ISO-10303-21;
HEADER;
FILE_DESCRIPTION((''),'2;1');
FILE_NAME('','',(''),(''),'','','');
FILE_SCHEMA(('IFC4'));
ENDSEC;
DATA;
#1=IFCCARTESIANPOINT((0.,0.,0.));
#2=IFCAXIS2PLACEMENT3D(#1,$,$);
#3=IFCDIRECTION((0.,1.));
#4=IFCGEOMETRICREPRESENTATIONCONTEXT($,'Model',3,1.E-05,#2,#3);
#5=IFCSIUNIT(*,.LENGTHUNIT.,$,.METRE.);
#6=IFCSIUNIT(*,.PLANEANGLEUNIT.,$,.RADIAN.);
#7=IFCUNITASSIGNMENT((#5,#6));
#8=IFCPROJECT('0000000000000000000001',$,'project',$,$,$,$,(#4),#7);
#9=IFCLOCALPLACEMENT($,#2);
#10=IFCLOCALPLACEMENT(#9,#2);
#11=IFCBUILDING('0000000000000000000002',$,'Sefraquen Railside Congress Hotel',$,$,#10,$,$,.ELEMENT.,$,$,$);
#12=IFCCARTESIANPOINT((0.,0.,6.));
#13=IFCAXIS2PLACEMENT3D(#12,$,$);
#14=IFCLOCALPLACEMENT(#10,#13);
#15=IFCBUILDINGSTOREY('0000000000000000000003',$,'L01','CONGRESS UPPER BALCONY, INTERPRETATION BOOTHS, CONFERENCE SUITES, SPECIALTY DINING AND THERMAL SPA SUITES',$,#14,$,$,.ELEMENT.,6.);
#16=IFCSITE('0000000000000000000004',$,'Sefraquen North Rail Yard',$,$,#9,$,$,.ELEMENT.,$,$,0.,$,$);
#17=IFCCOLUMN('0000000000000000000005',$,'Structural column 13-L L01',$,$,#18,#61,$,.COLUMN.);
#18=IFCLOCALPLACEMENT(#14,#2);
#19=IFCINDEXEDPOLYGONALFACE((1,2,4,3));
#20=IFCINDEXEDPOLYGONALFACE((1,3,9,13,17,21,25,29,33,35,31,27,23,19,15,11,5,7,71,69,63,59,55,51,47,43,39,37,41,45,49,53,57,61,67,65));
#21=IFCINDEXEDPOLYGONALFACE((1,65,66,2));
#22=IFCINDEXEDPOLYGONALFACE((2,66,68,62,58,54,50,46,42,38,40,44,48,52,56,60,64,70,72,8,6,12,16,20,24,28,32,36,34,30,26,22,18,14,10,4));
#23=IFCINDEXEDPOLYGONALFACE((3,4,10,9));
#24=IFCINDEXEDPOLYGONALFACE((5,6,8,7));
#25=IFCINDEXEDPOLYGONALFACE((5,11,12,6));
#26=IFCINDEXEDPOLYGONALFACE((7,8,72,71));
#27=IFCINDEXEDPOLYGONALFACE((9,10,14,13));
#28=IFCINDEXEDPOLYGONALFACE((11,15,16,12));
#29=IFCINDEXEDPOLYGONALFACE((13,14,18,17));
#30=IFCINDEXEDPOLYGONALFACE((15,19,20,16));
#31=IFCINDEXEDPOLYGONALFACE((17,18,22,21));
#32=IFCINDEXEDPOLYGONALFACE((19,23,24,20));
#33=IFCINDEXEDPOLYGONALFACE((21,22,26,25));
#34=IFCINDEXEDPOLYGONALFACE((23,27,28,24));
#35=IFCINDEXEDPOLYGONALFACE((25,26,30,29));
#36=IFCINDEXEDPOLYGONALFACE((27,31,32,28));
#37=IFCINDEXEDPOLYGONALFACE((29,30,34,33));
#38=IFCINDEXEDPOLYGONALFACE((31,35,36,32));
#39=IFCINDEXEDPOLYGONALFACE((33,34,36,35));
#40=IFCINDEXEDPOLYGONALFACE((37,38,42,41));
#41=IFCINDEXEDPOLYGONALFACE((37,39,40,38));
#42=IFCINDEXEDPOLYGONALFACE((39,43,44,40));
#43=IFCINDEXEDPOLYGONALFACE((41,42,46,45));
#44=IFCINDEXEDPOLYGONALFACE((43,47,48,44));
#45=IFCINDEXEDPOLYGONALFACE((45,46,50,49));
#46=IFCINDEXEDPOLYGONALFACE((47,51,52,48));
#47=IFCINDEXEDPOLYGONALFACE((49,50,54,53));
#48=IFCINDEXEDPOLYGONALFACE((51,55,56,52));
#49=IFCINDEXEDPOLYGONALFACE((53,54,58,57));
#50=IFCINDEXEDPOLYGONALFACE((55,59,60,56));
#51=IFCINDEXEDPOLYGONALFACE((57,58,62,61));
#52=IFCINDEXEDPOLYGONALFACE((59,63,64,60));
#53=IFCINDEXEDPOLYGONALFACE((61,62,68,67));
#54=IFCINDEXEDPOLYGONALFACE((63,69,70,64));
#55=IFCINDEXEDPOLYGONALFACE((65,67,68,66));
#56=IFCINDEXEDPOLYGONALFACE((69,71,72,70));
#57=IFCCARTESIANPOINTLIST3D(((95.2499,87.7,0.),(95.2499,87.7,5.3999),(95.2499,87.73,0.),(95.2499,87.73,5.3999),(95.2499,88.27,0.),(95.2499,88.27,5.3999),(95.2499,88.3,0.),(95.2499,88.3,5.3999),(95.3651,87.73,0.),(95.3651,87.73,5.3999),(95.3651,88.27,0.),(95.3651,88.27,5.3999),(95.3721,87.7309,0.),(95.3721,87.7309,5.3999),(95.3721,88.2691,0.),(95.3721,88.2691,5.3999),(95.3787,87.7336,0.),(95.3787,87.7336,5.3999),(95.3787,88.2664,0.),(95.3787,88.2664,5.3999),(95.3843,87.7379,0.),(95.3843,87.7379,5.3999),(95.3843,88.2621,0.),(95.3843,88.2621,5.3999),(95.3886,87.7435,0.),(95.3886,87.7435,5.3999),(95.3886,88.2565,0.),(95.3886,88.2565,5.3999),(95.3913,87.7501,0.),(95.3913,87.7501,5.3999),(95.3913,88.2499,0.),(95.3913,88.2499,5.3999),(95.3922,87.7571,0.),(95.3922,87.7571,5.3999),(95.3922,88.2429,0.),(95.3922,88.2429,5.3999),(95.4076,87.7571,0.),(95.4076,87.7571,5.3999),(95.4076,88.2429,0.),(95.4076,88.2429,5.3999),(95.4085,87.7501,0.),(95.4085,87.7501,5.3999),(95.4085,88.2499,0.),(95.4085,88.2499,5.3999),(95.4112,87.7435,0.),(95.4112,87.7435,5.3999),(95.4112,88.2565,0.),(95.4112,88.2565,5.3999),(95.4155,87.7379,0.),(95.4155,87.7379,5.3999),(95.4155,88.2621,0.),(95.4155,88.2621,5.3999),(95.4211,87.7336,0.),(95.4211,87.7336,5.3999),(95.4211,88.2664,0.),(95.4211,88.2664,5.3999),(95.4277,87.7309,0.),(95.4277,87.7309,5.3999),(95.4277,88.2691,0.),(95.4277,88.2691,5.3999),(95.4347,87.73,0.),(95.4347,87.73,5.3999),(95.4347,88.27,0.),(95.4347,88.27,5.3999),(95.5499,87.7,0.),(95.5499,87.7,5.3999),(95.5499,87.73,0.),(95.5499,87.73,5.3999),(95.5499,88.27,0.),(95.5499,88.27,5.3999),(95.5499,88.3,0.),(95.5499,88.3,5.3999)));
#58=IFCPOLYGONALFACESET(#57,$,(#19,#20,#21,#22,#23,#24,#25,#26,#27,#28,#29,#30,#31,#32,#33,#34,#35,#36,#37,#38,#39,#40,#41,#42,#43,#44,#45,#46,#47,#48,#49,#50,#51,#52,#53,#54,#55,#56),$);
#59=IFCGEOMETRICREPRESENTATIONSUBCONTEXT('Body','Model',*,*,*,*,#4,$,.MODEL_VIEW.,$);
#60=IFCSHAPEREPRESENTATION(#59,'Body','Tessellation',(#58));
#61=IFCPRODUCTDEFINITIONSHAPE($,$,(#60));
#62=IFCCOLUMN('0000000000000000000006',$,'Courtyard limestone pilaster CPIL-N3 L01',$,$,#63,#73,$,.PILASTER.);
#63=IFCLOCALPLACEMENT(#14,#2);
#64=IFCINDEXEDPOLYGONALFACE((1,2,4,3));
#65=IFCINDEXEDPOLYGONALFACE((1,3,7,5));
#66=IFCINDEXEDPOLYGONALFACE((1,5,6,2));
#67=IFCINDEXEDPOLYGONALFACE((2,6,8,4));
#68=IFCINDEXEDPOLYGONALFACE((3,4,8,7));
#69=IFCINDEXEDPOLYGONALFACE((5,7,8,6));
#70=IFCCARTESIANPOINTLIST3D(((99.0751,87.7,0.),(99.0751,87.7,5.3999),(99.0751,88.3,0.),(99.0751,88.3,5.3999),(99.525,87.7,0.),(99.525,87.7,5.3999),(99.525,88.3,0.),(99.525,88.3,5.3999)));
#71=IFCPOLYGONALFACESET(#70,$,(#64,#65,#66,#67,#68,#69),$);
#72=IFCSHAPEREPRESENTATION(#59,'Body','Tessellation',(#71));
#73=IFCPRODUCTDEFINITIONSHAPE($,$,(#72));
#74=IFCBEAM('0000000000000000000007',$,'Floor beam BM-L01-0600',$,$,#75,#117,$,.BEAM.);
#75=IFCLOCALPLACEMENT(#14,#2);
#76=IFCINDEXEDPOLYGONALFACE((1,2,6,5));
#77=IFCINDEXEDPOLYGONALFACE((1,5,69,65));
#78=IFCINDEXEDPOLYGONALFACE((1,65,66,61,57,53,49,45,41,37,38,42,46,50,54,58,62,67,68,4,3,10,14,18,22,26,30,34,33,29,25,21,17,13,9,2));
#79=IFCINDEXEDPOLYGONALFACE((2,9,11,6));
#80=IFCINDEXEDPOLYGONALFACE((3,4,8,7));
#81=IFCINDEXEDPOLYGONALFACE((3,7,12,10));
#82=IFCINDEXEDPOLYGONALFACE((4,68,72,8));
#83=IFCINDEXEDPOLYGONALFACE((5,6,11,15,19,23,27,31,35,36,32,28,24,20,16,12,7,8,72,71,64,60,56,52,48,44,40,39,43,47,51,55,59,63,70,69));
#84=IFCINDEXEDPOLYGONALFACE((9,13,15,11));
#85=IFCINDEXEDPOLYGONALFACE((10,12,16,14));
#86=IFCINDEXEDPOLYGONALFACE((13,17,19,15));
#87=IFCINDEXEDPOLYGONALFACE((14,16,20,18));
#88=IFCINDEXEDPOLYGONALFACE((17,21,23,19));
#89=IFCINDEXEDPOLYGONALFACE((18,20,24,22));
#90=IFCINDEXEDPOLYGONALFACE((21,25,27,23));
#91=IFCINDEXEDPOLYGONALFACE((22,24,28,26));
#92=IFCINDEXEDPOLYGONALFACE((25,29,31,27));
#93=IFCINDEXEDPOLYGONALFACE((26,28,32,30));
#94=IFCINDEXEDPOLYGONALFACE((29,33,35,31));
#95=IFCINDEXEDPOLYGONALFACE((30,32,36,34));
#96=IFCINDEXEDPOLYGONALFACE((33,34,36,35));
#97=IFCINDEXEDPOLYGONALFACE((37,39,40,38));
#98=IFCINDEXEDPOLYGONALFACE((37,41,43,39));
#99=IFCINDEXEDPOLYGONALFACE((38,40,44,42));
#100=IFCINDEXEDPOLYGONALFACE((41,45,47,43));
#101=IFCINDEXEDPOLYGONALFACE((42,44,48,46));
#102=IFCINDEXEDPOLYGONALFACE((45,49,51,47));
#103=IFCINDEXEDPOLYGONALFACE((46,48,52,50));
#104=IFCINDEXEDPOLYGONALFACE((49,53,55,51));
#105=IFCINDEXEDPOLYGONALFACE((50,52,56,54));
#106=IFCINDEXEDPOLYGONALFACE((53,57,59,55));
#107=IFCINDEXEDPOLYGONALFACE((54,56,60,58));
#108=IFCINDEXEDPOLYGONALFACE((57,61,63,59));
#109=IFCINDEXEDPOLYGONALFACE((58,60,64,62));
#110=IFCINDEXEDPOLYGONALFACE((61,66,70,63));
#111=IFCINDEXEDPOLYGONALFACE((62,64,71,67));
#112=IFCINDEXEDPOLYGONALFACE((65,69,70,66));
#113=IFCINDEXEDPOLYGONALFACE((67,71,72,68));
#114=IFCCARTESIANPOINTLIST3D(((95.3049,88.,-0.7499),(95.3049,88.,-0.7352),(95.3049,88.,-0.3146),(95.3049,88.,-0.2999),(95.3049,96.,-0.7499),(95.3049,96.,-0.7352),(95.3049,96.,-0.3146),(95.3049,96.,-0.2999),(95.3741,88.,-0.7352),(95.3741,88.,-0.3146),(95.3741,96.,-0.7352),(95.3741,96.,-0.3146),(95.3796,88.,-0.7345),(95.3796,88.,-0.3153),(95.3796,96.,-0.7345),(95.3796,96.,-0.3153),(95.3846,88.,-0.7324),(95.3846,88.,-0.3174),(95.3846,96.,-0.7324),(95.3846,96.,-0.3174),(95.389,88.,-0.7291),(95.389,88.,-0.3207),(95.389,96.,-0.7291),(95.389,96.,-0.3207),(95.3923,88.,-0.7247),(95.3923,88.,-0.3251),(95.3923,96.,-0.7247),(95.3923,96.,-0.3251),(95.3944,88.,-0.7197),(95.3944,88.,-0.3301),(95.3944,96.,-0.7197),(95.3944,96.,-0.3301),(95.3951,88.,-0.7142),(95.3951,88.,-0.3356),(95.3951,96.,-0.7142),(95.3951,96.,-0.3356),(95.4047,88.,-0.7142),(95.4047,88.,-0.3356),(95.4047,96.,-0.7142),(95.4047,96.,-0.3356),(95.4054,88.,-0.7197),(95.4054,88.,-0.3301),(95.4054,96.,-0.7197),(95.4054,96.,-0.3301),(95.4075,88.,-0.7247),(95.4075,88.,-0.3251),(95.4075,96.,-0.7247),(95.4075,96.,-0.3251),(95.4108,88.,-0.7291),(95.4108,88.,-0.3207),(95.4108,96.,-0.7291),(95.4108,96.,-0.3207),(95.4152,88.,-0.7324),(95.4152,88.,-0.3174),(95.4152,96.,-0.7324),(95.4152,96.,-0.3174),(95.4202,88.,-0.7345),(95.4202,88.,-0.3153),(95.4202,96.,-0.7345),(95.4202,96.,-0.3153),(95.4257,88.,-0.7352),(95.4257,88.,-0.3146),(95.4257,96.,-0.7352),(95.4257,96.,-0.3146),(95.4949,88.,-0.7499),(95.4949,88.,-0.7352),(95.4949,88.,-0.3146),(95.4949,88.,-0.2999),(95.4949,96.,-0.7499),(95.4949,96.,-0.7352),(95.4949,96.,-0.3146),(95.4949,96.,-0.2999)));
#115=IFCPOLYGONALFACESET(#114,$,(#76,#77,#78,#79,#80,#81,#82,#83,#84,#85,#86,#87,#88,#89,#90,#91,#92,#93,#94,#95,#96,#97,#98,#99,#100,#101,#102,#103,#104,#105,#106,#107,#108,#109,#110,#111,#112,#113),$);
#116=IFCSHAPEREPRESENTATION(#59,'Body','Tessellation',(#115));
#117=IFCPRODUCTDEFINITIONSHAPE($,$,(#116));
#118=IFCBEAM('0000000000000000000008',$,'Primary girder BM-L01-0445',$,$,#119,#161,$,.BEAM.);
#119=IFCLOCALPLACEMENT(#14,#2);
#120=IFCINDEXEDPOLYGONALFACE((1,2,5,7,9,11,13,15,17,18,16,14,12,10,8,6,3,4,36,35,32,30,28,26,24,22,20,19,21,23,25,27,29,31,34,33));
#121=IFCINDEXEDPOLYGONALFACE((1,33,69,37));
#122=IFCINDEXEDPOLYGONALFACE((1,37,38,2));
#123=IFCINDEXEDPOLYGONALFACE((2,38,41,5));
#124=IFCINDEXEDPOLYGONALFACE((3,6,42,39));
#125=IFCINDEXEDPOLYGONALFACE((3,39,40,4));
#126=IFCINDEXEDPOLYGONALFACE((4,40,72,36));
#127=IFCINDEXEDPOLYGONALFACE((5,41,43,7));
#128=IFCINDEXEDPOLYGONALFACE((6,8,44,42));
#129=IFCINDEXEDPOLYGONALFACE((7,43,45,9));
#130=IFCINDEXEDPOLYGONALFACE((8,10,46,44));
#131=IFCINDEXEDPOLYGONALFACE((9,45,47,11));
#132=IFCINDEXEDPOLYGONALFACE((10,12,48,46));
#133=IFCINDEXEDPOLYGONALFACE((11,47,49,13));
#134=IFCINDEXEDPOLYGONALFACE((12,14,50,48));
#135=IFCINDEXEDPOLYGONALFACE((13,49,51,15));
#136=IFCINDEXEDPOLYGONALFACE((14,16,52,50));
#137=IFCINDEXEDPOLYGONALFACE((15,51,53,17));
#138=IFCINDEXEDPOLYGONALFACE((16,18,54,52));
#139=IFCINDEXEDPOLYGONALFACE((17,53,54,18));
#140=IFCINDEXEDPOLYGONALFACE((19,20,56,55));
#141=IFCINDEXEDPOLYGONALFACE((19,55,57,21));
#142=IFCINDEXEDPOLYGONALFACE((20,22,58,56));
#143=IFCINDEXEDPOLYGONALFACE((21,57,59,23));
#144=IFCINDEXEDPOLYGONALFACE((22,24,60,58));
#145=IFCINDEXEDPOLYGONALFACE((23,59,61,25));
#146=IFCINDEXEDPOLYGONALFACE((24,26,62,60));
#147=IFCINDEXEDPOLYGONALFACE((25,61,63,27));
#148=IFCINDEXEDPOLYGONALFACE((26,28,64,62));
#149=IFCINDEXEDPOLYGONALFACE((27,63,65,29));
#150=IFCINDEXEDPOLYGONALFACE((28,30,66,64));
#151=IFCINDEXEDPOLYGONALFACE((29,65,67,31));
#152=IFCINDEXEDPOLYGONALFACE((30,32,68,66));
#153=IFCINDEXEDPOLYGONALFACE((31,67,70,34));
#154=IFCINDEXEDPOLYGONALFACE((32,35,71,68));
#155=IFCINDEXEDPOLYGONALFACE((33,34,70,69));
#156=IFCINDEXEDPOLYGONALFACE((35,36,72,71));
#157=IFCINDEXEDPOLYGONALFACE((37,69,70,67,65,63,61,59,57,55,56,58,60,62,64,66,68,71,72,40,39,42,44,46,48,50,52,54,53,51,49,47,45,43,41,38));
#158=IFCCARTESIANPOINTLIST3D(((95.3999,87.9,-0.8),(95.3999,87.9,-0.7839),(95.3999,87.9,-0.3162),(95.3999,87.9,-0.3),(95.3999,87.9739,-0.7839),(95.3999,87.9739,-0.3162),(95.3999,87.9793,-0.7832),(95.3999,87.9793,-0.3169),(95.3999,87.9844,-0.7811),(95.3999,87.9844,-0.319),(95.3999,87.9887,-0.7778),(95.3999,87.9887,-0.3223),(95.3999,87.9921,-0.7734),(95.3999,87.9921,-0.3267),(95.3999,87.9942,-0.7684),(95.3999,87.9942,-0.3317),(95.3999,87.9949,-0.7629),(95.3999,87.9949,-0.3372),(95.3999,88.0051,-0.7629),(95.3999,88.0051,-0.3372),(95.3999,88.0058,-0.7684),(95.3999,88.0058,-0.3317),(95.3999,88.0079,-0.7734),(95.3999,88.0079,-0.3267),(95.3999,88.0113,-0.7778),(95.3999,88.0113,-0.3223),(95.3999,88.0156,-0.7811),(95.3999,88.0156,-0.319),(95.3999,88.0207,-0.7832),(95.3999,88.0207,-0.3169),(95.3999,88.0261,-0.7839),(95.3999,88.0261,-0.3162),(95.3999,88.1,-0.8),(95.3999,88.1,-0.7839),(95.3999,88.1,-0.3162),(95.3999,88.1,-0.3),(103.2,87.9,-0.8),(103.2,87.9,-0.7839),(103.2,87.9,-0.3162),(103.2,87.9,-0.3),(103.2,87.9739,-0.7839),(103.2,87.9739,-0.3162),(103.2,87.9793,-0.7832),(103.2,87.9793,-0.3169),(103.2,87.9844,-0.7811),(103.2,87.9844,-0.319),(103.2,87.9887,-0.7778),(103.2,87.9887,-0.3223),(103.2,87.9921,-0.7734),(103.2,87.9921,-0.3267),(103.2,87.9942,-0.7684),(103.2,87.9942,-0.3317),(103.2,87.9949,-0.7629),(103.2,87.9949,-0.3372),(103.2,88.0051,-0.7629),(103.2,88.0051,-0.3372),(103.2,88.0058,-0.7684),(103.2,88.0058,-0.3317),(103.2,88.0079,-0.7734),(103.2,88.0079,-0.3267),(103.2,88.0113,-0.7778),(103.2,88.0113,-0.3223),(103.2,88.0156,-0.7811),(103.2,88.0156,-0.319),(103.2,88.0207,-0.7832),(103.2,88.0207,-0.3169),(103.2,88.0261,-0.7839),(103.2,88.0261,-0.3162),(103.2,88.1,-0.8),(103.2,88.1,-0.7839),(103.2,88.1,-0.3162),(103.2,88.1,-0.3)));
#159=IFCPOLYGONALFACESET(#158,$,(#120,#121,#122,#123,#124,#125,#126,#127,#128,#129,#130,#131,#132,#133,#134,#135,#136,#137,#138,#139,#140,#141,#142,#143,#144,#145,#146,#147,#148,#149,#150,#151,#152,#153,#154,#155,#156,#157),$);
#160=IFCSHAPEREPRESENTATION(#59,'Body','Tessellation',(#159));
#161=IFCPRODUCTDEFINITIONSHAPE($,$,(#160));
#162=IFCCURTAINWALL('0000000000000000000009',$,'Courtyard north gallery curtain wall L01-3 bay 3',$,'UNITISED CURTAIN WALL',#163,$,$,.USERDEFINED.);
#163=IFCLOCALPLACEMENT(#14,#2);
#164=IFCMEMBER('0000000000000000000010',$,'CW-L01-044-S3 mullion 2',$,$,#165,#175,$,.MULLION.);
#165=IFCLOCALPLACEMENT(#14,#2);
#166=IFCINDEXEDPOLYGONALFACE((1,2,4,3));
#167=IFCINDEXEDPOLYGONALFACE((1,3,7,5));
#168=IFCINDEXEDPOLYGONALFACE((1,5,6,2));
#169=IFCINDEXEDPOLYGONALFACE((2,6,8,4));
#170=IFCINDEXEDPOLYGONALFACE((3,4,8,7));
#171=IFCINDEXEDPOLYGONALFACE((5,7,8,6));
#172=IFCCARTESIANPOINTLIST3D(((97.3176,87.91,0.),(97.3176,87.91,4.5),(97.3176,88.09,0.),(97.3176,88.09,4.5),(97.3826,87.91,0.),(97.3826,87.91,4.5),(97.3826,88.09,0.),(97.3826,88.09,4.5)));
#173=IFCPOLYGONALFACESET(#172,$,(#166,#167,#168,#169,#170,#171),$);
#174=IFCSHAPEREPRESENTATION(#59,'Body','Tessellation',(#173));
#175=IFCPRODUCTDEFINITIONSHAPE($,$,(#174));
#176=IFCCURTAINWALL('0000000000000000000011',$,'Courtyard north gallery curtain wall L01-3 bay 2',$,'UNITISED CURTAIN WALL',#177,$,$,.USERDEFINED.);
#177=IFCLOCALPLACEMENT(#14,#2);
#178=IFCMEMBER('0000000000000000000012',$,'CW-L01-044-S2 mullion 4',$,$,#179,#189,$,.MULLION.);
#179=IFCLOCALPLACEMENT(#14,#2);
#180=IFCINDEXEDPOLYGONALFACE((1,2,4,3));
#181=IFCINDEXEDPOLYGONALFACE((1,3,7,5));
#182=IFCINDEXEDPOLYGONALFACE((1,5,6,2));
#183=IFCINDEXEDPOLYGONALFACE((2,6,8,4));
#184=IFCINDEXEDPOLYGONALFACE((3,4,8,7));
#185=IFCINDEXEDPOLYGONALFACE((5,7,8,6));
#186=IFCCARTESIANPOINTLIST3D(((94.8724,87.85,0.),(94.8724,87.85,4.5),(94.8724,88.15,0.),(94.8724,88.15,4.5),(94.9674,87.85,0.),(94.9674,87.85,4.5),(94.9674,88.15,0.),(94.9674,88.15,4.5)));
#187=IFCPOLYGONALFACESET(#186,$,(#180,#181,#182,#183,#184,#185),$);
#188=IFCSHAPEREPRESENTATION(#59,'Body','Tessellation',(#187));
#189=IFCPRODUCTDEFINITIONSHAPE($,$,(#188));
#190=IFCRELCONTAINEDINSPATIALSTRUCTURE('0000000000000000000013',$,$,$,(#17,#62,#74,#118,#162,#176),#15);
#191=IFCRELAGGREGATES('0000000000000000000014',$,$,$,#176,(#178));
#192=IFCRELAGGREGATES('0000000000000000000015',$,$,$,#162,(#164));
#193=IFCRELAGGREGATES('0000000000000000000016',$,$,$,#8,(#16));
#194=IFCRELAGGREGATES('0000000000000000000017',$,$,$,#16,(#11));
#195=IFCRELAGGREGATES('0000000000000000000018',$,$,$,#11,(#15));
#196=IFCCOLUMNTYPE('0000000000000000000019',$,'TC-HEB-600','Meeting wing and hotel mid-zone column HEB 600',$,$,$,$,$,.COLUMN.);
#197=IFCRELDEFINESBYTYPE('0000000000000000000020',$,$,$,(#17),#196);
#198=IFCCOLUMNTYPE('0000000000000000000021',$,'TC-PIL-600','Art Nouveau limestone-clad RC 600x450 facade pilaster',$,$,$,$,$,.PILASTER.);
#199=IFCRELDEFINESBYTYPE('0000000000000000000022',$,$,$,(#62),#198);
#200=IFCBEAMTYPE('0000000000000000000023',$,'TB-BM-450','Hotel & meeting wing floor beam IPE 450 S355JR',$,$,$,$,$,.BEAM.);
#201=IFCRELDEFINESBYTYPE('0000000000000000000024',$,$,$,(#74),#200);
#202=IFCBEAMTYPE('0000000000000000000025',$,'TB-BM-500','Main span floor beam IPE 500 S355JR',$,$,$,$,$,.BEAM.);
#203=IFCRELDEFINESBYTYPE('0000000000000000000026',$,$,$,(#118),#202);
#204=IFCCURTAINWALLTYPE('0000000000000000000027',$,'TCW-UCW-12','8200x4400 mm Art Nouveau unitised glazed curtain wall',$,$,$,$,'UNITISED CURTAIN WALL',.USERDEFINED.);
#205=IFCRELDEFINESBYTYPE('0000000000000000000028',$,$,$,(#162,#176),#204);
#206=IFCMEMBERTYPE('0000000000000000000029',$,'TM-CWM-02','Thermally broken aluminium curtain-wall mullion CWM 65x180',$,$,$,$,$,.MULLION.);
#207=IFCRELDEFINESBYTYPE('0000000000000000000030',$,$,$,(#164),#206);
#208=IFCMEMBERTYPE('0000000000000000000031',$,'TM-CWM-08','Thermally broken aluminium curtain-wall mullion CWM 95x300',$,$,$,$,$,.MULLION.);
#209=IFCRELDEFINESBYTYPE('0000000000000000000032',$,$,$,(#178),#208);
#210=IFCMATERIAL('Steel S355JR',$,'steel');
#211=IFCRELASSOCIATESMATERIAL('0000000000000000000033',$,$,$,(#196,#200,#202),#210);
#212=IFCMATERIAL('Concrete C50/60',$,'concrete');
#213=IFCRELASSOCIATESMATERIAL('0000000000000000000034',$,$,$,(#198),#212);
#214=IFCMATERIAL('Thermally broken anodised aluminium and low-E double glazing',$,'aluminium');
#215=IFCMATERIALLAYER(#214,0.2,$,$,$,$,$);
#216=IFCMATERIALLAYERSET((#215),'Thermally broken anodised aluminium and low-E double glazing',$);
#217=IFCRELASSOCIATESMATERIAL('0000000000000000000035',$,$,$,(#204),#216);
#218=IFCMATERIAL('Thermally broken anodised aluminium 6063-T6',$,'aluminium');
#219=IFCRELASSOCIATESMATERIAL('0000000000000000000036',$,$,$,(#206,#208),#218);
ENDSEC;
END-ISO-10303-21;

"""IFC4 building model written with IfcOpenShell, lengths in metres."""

from ifc_helpers import new_model, si_unit, direction, frame, origin, origin_2d, place, context, subcontext, project, spatial, rectangle, i_section, extrude, material, layer, layer_set, material_profile, profile_set, type_object, element, aggregate, save


model = new_model("IFC4")

# Units and contexts
model_context = context("Model", 3, precision=1e-05, world=origin(), true_north=direction((0.0, 1.0)))
body_context = subcontext(model_context, "Body", "Model", "MODEL_VIEW")
ifc_project = project(units=[si_unit("LENGTHUNIT", "METRE"), si_unit("PLANEANGLEUNIT", "RADIAN")], contexts=[model_context])

# Site, building, storey
site_placement = place(None, origin())
site = spatial("IfcSite", under=ifc_project, at=site_placement, Name="Sefraquen North Rail Yard", CompositionType="ELEMENT", RefElevation=0.0)
building_placement = place(site_placement, origin())
building = spatial("IfcBuilding", under=site, at=building_placement, Name="Sefraquen Railside Congress Hotel", CompositionType="ELEMENT")
storey_placement = place(building_placement, frame((0.0, 0.0, 6.0)))
storey = spatial("IfcBuildingStorey", under=building, at=storey_placement, Name="L01", Description="CONGRESS UPPER BALCONY, INTERPRETATION BOOTHS, CONFERENCE SUITES, SPECIALTY DINING AND THERMAL SPA SUITES", CompositionType="ELEMENT", Elevation=6.0)

# Columns
ifc_material_1 = material(Name="Steel S355JR", Category="steel")
ifc_material_profile_1 = material_profile(ifc_material_1, i_section(OverallWidth=0.3, OverallDepth=0.6001, WebThickness=0.0154, FlangeThickness=0.03, FilletRadius=0.0271, at=origin_2d()), Name="HEB 600")
ifc_profile_set_1 = profile_set([ifc_material_profile_1], Name="Steel S355JR")
column_type_1 = type_object("IfcColumnType", Name="TC-HEB-600", Description="Meeting wing and hotel mid-zone column HEB 600", PredefinedType="COLUMN", material=ifc_profile_set_1)
column_1_placement = place(storey_placement, frame((95.3999, 88.0, 0.0), z_axis=(0.0, 0.0, 1.0), x_axis=(1.0, 0.0, 0.0)))
element("IfcColumn", 1, at=column_1_placement, inside=storey, type_object=column_type_1, Name="Structural column 13-L L01", PredefinedType="COLUMN", context=body_context, shape_type="SweptSolid", body=[
    extrude(i_section(OverallWidth=0.3, OverallDepth=0.6001, WebThickness=0.0154, FlangeThickness=0.03, FilletRadius=0.0271, at=origin_2d()), origin(), (0.0, 0.0, 1.0), 5.3999),
])
ifc_material_2 = material(Name="Concrete C50/60", Category="concrete")
ifc_material_profile_2 = material_profile(ifc_material_2, rectangle(XDim=0.45, YDim=0.6001, at=origin_2d()), Name="RC 600x450")
ifc_profile_set_2 = profile_set([ifc_material_profile_2], Name="Concrete C50/60")
column_type_2 = type_object("IfcColumnType", Name="TC-PIL-600", Description="Art Nouveau limestone-clad RC 600x450 facade pilaster", PredefinedType="PILASTER", material=ifc_profile_set_2)
column_2_placement = place(storey_placement, frame((99.3, 88.0, 0.0), z_axis=(0.0, 0.0, 1.0), x_axis=(1.0, 0.0, 0.0)))
element("IfcColumn", 2, at=column_2_placement, inside=storey, type_object=column_type_2, Name="Courtyard limestone pilaster CPIL-N3 L01", PredefinedType="PILASTER", context=body_context, shape_type="SweptSolid", body=[
    extrude(rectangle(XDim=0.45, YDim=0.6001, at=origin_2d()), origin(), (0.0, 0.0, 1.0), 5.3999),
])

# Beams
ifc_material_profile_3 = material_profile(ifc_material_1, i_section(OverallWidth=0.1899, OverallDepth=0.45, WebThickness=0.0095, FlangeThickness=0.0146, FilletRadius=0.021, at=origin_2d()), Name="IPE 450")
ifc_profile_set_3 = profile_set([ifc_material_profile_3], Name="Steel S355JR")
beam_type_1 = type_object("IfcBeamType", Name="TB-BM-450", Description="Hotel & meeting wing floor beam IPE 450 S355JR", PredefinedType="BEAM", material=ifc_profile_set_3)
beam_1_placement = place(storey_placement, frame((95.3999, 88.0, -0.5249), z_axis=(0.0, 1.0, 0.0), x_axis=(-1.0, 0.0, 0.0)))
element("IfcBeam", 3, at=beam_1_placement, inside=storey, type_object=beam_type_1, Name="Floor beam BM-L01-0600", PredefinedType="BEAM", context=body_context, shape_type="SweptSolid", body=[
    extrude(i_section(OverallWidth=0.1899, OverallDepth=0.45, WebThickness=0.0095, FlangeThickness=0.0146, FilletRadius=0.021, at=origin_2d()), origin(), (0.0, 0.0, 1.0), 8.0),
])
ifc_material_profile_4 = material_profile(ifc_material_1, i_section(OverallWidth=0.2, OverallDepth=0.5, WebThickness=0.0103, FlangeThickness=0.0161, FilletRadius=0.021, at=origin_2d()), Name="IPE 500")
ifc_profile_set_4 = profile_set([ifc_material_profile_4], Name="Steel S355JR")
beam_type_2 = type_object("IfcBeamType", Name="TB-BM-500", Description="Main span floor beam IPE 500 S355JR", PredefinedType="BEAM", material=ifc_profile_set_4)
beam_2_placement = place(storey_placement, frame((95.3999, 88.0, -0.55), z_axis=(1.0, 0.0, 0.0), x_axis=(0.0, 1.0, 0.0)))
element("IfcBeam", 4, at=beam_2_placement, inside=storey, type_object=beam_type_2, Name="Primary girder BM-L01-0445", PredefinedType="BEAM", context=body_context, shape_type="SweptSolid", body=[
    extrude(i_section(OverallWidth=0.2, OverallDepth=0.5, WebThickness=0.0103, FlangeThickness=0.0161, FilletRadius=0.021, at=origin_2d()), origin(), (0.0, 0.0, 1.0), 7.8),
])

# Curtain walls, members
ifc_material_3 = material(Name="Thermally broken anodised aluminium and low-E double glazing", Category="aluminium")
ifc_layer_1 = layer(ifc_material_3, 0.2)
ifc_layer_set_1 = layer_set([ifc_layer_1], Name="Thermally broken anodised aluminium and low-E double glazing")
curtain_wall_type = type_object("IfcCurtainWallType", Name="TCW-UCW-12", Description="8200x4400 mm Art Nouveau unitised glazed curtain wall", ElementType="UNITISED CURTAIN WALL", PredefinedType="USERDEFINED", material=ifc_layer_set_1)
curtain_wall_1_placement = place(storey_placement, origin())
curtain_wall_1 = element("IfcCurtainWall", 5, at=curtain_wall_1_placement, inside=storey, type_object=curtain_wall_type, Name="Courtyard north gallery curtain wall L01-3 bay 3", ObjectType="UNITISED CURTAIN WALL", PredefinedType="USERDEFINED")
ifc_material_4 = material(Name="Thermally broken anodised aluminium 6063-T6", Category="aluminium")
ifc_material_profile_5 = material_profile(ifc_material_4, rectangle(XDim=0.0649, YDim=0.1799, at=origin_2d()), Name="CWM 65x180")
ifc_profile_set_5 = profile_set([ifc_material_profile_5], Name="Thermally broken anodised aluminium 6063-T6")
member_type_1 = type_object("IfcMemberType", Name="TM-CWM-02", Description="Thermally broken aluminium curtain-wall mullion CWM 65x180", PredefinedType="MULLION", material=ifc_profile_set_5)
member_1_placement = place(storey_placement, frame((97.3501, 88.0, 0.0), z_axis=(0.0, 0.0, 1.0), x_axis=(1.0, 0.0, 0.0)))
member_1 = element("IfcMember", 6, at=member_1_placement, type_object=member_type_1, Name="CW-L01-044-S3 mullion 2", PredefinedType="MULLION", context=body_context, shape_type="SweptSolid", body=[
    extrude(rectangle(XDim=0.0649, YDim=0.1799, at=origin_2d()), origin(), (0.0, 0.0, 1.0), 4.5),
])
curtain_wall_2_placement = place(storey_placement, origin())
curtain_wall_2 = element("IfcCurtainWall", 7, at=curtain_wall_2_placement, inside=storey, type_object=curtain_wall_type, Name="Courtyard north gallery curtain wall L01-3 bay 2", ObjectType="UNITISED CURTAIN WALL", PredefinedType="USERDEFINED")
ifc_material_profile_6 = material_profile(ifc_material_4, rectangle(XDim=0.095, YDim=0.3, at=origin_2d()), Name="CWM 95x300")
ifc_profile_set_6 = profile_set([ifc_material_profile_6], Name="Thermally broken anodised aluminium 6063-T6")
member_type_2 = type_object("IfcMemberType", Name="TM-CWM-08", Description="Thermally broken aluminium curtain-wall mullion CWM 95x300", PredefinedType="MULLION", material=ifc_profile_set_6)
member_2_placement = place(storey_placement, frame((94.9199, 88.0, 0.0), z_axis=(0.0, 0.0, 1.0), x_axis=(1.0, 0.0, 0.0)))
member_2 = element("IfcMember", 8, at=member_2_placement, type_object=member_type_2, Name="CW-L01-044-S2 mullion 4", PredefinedType="MULLION", context=body_context, shape_type="SweptSolid", body=[
    extrude(rectangle(XDim=0.095, YDim=0.3, at=origin_2d()), origin(), (0.0, 0.0, 1.0), 4.5),
])

aggregate(curtain_wall_2, [member_2])
aggregate(curtain_wall_1, [member_1])

save(model, "model.ifc")
